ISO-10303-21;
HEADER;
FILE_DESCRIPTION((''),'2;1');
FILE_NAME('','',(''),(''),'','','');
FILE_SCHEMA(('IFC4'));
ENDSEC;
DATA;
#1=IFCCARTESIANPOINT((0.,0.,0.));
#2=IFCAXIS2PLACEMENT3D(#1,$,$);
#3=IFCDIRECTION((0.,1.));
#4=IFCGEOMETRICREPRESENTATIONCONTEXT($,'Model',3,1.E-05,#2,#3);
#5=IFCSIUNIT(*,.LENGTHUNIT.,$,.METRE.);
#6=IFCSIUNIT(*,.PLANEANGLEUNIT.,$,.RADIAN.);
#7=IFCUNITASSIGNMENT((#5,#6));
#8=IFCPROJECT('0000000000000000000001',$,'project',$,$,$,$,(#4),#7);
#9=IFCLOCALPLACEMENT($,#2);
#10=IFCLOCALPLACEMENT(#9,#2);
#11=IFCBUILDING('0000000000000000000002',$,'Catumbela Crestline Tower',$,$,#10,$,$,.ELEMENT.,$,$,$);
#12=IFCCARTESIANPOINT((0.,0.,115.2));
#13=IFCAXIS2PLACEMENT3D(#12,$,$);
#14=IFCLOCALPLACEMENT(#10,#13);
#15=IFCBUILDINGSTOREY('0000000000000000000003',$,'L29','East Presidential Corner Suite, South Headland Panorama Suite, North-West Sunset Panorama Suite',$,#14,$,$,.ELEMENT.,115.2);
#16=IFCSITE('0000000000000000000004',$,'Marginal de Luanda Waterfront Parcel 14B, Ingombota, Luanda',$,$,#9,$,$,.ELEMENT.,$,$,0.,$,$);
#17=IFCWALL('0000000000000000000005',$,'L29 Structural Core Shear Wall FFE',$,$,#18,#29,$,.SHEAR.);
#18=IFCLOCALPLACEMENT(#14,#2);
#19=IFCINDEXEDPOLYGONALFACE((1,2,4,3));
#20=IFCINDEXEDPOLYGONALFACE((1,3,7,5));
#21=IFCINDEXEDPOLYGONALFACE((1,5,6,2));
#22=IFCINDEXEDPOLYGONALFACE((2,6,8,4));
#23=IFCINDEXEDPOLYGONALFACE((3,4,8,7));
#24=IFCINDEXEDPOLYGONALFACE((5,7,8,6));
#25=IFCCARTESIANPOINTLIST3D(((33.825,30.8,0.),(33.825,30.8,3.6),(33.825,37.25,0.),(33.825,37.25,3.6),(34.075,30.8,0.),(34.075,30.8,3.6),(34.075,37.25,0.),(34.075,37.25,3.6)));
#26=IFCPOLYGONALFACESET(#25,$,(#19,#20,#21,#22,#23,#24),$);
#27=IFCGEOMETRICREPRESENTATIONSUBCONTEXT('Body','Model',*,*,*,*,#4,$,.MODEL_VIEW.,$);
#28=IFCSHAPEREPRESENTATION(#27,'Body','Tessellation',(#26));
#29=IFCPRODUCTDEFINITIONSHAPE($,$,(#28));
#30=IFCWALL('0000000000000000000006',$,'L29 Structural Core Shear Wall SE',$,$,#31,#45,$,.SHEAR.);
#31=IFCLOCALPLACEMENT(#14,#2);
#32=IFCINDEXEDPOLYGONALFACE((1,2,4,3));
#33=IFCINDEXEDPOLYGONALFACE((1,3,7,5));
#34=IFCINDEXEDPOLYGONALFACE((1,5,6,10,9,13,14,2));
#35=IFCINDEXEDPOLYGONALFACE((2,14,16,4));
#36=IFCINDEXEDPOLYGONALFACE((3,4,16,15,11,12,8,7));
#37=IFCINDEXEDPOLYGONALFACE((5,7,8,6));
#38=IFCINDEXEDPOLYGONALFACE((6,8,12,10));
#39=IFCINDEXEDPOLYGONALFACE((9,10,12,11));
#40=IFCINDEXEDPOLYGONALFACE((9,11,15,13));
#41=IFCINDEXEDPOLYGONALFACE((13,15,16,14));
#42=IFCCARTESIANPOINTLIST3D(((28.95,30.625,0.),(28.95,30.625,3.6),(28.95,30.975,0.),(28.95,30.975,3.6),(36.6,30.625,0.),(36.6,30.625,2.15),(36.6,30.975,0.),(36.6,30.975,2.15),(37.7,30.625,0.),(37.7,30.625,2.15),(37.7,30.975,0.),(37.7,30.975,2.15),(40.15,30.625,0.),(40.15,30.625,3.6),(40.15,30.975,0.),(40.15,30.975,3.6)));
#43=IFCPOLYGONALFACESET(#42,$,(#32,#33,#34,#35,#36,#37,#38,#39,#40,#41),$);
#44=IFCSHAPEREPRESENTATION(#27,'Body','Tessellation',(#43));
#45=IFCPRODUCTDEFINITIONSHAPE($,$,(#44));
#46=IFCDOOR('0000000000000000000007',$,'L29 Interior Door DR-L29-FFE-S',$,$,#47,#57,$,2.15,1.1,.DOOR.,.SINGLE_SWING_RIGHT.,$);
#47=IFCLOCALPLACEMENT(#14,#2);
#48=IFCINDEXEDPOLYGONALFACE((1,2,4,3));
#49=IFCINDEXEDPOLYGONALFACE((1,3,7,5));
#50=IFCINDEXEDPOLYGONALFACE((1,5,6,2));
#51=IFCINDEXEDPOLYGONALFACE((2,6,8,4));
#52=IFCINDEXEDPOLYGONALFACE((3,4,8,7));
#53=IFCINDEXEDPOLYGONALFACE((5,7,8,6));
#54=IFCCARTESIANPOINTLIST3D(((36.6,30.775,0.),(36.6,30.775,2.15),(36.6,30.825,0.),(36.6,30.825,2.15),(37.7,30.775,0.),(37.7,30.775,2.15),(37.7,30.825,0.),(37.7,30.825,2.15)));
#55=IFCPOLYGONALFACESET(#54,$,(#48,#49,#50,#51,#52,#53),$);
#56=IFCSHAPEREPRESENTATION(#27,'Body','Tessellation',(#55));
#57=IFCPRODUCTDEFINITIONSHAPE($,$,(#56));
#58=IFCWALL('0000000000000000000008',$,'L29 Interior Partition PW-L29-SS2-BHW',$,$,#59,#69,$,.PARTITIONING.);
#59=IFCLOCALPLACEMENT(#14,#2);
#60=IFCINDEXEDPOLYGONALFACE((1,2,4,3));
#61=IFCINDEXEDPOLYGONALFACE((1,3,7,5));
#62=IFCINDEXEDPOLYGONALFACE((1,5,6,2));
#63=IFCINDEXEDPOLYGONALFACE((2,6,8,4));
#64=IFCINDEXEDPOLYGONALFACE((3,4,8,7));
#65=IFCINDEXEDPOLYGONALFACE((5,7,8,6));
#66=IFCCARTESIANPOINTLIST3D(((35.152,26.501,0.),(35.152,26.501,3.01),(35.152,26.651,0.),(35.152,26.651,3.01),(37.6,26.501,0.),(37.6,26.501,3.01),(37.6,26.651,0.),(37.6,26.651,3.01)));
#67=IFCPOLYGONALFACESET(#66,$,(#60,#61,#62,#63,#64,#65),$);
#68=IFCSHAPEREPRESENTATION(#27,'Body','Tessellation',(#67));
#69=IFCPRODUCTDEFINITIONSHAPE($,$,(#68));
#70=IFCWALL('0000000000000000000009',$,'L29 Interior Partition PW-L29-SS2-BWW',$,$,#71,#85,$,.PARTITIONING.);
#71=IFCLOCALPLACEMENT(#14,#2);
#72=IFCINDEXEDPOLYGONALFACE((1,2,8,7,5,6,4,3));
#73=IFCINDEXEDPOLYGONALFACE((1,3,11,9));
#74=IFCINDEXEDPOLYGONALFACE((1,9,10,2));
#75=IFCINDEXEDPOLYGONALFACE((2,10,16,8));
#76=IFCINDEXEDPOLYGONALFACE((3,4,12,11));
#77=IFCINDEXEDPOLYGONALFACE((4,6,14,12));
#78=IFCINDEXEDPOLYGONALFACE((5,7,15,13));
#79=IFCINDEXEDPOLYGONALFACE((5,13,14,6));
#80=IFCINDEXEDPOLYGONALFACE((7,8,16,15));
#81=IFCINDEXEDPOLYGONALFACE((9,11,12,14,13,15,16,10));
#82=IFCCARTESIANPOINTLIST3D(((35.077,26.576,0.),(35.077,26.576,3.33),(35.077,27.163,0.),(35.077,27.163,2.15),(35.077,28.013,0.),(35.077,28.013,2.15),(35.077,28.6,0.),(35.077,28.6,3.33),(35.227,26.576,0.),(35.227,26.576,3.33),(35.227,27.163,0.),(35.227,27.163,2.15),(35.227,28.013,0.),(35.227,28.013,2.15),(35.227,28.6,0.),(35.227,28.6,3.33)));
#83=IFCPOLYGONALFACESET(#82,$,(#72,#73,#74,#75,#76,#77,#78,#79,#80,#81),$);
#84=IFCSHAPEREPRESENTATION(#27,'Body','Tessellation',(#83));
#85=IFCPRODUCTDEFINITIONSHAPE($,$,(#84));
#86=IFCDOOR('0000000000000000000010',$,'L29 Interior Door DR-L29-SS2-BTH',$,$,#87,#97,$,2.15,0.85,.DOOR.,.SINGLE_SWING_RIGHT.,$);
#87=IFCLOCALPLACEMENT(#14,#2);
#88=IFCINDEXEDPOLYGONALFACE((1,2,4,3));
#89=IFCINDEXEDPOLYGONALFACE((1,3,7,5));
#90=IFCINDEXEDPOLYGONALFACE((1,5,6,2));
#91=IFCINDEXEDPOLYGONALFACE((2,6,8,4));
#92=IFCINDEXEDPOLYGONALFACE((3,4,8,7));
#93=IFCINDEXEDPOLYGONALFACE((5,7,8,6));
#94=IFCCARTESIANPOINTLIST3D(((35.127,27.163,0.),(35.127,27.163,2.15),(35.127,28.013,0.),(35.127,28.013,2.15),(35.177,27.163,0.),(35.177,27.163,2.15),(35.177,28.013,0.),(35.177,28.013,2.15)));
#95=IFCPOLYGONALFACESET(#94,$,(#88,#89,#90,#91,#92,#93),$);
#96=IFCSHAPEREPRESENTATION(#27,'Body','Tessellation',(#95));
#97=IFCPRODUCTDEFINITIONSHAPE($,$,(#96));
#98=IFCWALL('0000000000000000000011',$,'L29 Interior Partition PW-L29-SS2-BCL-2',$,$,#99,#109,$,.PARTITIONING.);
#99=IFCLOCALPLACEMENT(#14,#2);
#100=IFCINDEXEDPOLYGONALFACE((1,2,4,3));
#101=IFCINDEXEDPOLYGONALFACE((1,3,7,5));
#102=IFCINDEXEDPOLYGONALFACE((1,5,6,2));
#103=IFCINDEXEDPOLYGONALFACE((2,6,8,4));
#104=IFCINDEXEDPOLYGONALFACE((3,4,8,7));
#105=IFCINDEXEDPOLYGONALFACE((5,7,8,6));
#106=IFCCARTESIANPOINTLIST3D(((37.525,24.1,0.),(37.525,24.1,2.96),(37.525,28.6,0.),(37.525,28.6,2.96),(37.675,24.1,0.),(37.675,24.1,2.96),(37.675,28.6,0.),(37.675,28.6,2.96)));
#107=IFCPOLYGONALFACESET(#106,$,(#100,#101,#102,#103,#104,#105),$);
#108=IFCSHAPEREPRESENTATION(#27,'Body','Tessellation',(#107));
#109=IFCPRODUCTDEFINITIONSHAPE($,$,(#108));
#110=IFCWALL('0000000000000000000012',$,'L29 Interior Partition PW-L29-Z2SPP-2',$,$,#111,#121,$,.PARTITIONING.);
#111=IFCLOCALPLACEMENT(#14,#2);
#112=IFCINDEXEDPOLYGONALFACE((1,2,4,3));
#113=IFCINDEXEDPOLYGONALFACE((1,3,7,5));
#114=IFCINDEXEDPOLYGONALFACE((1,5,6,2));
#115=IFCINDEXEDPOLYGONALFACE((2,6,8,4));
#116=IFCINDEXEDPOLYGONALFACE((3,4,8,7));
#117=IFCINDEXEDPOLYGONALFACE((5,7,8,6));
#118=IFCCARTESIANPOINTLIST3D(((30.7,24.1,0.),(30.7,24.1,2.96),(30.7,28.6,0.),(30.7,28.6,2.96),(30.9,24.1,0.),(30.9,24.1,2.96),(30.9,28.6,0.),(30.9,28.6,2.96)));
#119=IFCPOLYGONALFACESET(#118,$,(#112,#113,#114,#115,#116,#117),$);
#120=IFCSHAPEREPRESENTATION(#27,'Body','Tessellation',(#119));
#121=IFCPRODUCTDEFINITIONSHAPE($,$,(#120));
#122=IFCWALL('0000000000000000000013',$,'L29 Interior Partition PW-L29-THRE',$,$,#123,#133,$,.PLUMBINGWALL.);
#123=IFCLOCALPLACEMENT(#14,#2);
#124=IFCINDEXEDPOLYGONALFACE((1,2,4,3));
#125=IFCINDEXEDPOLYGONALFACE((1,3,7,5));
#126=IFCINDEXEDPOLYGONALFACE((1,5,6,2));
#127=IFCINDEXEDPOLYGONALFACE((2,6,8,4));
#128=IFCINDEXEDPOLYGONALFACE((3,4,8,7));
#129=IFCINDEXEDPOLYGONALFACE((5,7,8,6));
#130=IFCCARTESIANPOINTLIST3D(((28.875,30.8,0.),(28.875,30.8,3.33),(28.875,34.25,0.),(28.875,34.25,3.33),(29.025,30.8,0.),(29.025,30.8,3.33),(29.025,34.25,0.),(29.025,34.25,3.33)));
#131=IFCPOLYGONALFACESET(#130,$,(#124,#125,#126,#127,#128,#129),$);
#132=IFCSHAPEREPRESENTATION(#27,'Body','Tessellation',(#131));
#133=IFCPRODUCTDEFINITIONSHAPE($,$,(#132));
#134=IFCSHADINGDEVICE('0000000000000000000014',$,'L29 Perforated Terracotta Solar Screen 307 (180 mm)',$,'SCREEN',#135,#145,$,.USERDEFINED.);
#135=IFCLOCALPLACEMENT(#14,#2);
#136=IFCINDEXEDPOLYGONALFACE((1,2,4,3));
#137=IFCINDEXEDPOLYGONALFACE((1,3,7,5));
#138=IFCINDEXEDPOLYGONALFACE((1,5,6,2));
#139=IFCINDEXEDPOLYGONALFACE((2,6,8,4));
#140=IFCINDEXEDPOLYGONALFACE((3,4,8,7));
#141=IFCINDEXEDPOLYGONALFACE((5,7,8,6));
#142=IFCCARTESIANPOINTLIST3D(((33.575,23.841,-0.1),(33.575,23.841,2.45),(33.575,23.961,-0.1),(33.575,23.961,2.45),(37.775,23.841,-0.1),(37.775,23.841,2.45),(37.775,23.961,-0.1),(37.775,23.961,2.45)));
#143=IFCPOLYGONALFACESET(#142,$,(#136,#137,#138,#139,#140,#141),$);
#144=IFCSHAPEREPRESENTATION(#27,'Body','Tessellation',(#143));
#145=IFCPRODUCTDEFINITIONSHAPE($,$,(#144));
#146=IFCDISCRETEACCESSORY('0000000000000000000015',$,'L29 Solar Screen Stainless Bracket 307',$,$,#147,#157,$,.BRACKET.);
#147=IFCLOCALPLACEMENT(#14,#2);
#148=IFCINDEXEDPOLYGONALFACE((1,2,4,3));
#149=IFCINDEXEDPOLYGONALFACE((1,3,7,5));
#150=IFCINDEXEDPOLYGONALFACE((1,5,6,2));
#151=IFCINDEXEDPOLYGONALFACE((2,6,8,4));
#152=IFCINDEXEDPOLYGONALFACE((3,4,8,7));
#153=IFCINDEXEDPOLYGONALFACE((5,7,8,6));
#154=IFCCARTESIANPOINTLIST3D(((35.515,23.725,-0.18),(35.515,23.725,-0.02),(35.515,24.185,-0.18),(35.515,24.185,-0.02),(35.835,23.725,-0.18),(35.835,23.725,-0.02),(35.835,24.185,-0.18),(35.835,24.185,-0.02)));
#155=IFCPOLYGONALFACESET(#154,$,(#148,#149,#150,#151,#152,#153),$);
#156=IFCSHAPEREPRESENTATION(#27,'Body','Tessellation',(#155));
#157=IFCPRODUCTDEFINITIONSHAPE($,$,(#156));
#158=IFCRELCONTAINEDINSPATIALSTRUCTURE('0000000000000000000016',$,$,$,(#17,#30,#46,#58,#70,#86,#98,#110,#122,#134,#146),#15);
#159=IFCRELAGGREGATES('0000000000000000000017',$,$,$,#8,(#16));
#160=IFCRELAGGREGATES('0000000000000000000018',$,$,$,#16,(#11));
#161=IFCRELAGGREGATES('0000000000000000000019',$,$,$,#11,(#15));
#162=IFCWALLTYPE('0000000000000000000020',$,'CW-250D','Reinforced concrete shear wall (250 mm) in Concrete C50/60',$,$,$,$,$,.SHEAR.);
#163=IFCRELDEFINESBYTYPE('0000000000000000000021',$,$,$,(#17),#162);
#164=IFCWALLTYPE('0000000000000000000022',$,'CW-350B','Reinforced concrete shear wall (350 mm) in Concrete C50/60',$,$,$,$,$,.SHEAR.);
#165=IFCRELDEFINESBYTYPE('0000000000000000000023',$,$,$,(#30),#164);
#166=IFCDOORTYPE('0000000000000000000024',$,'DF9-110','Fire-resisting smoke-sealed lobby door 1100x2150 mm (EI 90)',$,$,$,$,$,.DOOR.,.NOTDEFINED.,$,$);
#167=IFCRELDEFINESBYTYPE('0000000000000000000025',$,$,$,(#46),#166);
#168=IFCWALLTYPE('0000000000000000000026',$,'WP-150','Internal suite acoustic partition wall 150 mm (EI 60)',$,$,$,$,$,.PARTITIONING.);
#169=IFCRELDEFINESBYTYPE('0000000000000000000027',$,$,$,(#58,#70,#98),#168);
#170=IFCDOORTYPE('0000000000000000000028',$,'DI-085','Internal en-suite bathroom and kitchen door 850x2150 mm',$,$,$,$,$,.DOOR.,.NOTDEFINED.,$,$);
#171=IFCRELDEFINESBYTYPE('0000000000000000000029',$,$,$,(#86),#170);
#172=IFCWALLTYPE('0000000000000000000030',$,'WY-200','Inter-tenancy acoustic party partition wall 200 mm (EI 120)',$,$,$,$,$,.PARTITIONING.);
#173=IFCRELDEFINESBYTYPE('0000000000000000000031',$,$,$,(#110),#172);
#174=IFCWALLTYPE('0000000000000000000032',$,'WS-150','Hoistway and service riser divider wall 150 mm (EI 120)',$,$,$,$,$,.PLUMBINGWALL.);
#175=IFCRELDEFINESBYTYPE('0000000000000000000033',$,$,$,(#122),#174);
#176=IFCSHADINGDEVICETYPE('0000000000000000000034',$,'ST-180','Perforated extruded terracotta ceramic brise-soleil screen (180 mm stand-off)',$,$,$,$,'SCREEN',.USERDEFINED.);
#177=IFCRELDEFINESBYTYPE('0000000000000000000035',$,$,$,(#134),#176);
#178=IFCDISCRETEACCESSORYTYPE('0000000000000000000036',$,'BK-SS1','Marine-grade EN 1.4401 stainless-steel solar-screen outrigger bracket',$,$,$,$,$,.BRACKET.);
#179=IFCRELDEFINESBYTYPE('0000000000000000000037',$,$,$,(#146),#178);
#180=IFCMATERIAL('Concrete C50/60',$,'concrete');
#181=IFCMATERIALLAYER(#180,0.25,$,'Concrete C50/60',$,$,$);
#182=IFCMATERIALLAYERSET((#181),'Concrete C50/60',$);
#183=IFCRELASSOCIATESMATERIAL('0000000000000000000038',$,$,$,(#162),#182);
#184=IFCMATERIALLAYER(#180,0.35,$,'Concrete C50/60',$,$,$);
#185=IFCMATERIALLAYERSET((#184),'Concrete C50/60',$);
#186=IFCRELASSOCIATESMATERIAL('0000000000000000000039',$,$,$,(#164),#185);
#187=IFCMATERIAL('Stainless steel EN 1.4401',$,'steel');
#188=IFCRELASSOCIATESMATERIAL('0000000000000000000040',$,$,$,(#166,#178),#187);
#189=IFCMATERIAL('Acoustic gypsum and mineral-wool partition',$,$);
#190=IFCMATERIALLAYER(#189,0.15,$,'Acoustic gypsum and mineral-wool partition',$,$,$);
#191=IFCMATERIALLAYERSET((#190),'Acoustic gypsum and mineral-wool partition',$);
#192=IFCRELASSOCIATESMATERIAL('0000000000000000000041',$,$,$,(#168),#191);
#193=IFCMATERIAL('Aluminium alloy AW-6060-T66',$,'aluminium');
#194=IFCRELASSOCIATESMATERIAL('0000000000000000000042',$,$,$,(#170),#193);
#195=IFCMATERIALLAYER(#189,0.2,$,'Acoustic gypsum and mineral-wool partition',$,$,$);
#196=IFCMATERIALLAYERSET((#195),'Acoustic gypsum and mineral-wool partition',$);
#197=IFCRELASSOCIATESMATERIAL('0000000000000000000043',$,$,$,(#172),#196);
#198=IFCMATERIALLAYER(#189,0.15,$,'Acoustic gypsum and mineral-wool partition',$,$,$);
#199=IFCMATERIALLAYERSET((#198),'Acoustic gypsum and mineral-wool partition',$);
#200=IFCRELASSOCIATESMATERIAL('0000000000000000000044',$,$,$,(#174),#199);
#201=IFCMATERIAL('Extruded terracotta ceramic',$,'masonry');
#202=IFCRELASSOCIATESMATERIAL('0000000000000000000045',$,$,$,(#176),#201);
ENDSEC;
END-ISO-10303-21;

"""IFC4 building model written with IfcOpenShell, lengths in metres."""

from ifc_helpers import new_model, si_unit, direction, frame, frame_2d, origin, origin_2d, place, context, subcontext, project, spatial, rectangle, extrude, material, layer, layer_set, type_object, element, fill, save


model = new_model("IFC4")

# Units and contexts
model_context = context("Model", 3, precision=1e-05, world=origin(), true_north=direction((0.0, 1.0)))
body_context = subcontext(model_context, "Body", "Model", "MODEL_VIEW")
ifc_project = project(units=[si_unit("LENGTHUNIT", "METRE"), si_unit("PLANEANGLEUNIT", "RADIAN")], contexts=[model_context])

# Site, building, storey
site_placement = place(None, origin())
site = spatial("IfcSite", under=ifc_project, at=site_placement, Name="Marginal de Luanda Waterfront Parcel 14B, Ingombota, Luanda", CompositionType="ELEMENT", RefElevation=0.0)
building_placement = place(site_placement, origin())
building = spatial("IfcBuilding", under=site, at=building_placement, Name="Catumbela Crestline Tower", CompositionType="ELEMENT")
storey_placement = place(building_placement, frame((0.0, 0.0, 115.2)))
storey = spatial("IfcBuildingStorey", under=building, at=storey_placement, Name="L29", Description="East Presidential Corner Suite, South Headland Panorama Suite, North-West Sunset Panorama Suite", CompositionType="ELEMENT", Elevation=115.2)

# Shared definitions
ifc_material_1 = material(Name="Concrete C50/60", Category="concrete")

# Shared definitions
ifc_material_2 = material(Name="Aluminium alloy AW-6060-T66", Category="aluminium")

# Wall
ifc_layer_1 = layer(ifc_material_1, 0.25, Name="Concrete C50/60")
ifc_layer_set_1 = layer_set([ifc_layer_1], Name="Concrete C50/60")
wall_type_1 = type_object("IfcWallType", Name="CW-250D", Description="Reinforced concrete shear wall (250 mm) in Concrete C50/60", PredefinedType="SHEAR", material=ifc_layer_set_1)
wall_1_placement = place(storey_placement, frame((33.95, 30.8, 0.0), z_axis=(0.0, 0.0, 1.0), x_axis=(0.0, 1.0, 0.0)))
element("IfcWall", 1, at=wall_1_placement, inside=storey, type_object=wall_type_1, Name="L29 Structural Core Shear Wall FFE", PredefinedType="SHEAR", context=body_context, shape_type="SweptSolid", body=[
    extrude(rectangle(XDim=6.45, YDim=0.25, at=frame_2d((3.225, 0.0))), origin(), (0.0, 0.0, 1.0), 3.6),
])

# Wall, opening, door
ifc_layer_2 = layer(ifc_material_1, 0.35, Name="Concrete C50/60")
ifc_layer_set_2 = layer_set([ifc_layer_2], Name="Concrete C50/60")
wall_type_2 = type_object("IfcWallType", Name="CW-350B", Description="Reinforced concrete shear wall (350 mm) in Concrete C50/60", PredefinedType="SHEAR", material=ifc_layer_set_2)
wall_2_placement = place(storey_placement, frame((28.95, 30.8, 0.0), z_axis=(0.0, 0.0, 1.0), x_axis=(1.0, 0.0, 0.0)))
wall_2 = element("IfcWall", 2, at=wall_2_placement, inside=storey, type_object=wall_type_2, Name="L29 Structural Core Shear Wall SE", PredefinedType="SHEAR", context=body_context, shape_type="SweptSolid", body=[
    extrude(rectangle(XDim=11.2, YDim=0.35, at=frame_2d((5.6, 0.0))), origin(), (0.0, 0.0, 1.0), 3.6),
])
opening_1_placement = place(wall_2_placement, frame((7.65, 0.0, 0.0)))
opening_1 = element("IfcOpeningElement", 3, at=opening_1_placement, cuts=wall_2, PredefinedType="OPENING", context=body_context, shape_type="SweptSolid", body=[
    extrude(rectangle(XDim=1.1, YDim=2.15, at=frame_2d((0.55, 1.075))), frame((0.0, 0.185, 0.0), z_axis=(0.0, -1.0, 0.0), x_axis=(1.0, 0.0, 0.0)), (0.0, 0.0, 1.0), 0.37),
])
ifc_material_3 = material(Name="Stainless steel EN 1.4401", Category="steel")
door_type_1 = type_object("IfcDoorType", Name="DF9-110", Description="Fire-resisting smoke-sealed lobby door 1100x2150 mm (EI 90)", OperationType="NOTDEFINED", PredefinedType="DOOR", material=ifc_material_3)
door_1_placement = place(opening_1_placement, origin())
door_1 = element("IfcDoor", 4, at=door_1_placement, inside=storey, type_object=door_type_1, Name="L29 Interior Door DR-L29-FFE-S", OperationType="SINGLE_SWING_RIGHT", OverallHeight=2.15, OverallWidth=1.1, PredefinedType="DOOR", context=body_context, shape_type="SweptSolid", body=[
    extrude(rectangle(XDim=1.1, YDim=2.15, at=frame_2d((0.55, 1.075))), frame((0.0, 0.025, 0.0), z_axis=(0.0, -1.0, 0.0), x_axis=(1.0, 0.0, 0.0)), (0.0, 0.0, 1.0), 0.05),
])
fill(opening_1, door_1)

# Wall
ifc_material_4 = material(Name="Acoustic gypsum and mineral-wool partition")
ifc_layer_3 = layer(ifc_material_4, 0.15, Name="Acoustic gypsum and mineral-wool partition")
ifc_layer_set_3 = layer_set([ifc_layer_3], Name="Acoustic gypsum and mineral-wool partition")
wall_type_3 = type_object("IfcWallType", Name="WP-150", Description="Internal suite acoustic partition wall 150 mm (EI 60)", PredefinedType="PARTITIONING", material=ifc_layer_set_3)
wall_3_placement = place(storey_placement, frame((35.152, 26.576, 0.0), z_axis=(0.0, 0.0, 1.0), x_axis=(1.0, 0.0, 0.0)))
element("IfcWall", 5, at=wall_3_placement, inside=storey, type_object=wall_type_3, Name="L29 Interior Partition PW-L29-SS2-BHW", PredefinedType="PARTITIONING", context=body_context, shape_type="SweptSolid", body=[
    extrude(rectangle(XDim=2.448, YDim=0.15, at=frame_2d((1.224, 0.0))), origin(), (0.0, 0.0, 1.0), 3.01),
])

# Wall, opening, door
wall_4_placement = place(storey_placement, frame((35.152, 26.576, 0.0), z_axis=(0.0, 0.0, 1.0), x_axis=(0.0, 1.0, 0.0)))
wall_4 = element("IfcWall", 6, at=wall_4_placement, inside=storey, type_object=wall_type_3, Name="L29 Interior Partition PW-L29-SS2-BWW", PredefinedType="PARTITIONING", context=body_context, shape_type="SweptSolid", body=[
    extrude(rectangle(XDim=2.024, YDim=0.15, at=frame_2d((1.012, 0.0))), origin(), (0.0, 0.0, 1.0), 3.33),
])
opening_2_placement = place(wall_4_placement, frame((0.587, 0.0, 0.0)))
opening_2 = element("IfcOpeningElement", 7, at=opening_2_placement, cuts=wall_4, PredefinedType="OPENING", context=body_context, shape_type="SweptSolid", body=[
    extrude(rectangle(XDim=0.85, YDim=2.15, at=frame_2d((0.425, 1.075))), frame((0.0, 0.085, 0.0), z_axis=(0.0, -1.0, 0.0), x_axis=(1.0, 0.0, 0.0)), (0.0, 0.0, 1.0), 0.17),
])
door_type_2 = type_object("IfcDoorType", Name="DI-085", Description="Internal en-suite bathroom and kitchen door 850x2150 mm", OperationType="NOTDEFINED", PredefinedType="DOOR", material=ifc_material_2)
door_2_placement = place(opening_2_placement, origin())
door_2 = element("IfcDoor", 8, at=door_2_placement, inside=storey, type_object=door_type_2, Name="L29 Interior Door DR-L29-SS2-BTH", OperationType="SINGLE_SWING_RIGHT", OverallHeight=2.15, OverallWidth=0.85, PredefinedType="DOOR", context=body_context, shape_type="SweptSolid", body=[
    extrude(rectangle(XDim=0.85, YDim=2.15, at=frame_2d((0.425, 1.075))), frame((0.0, 0.025, 0.0), z_axis=(0.0, -1.0, 0.0), x_axis=(1.0, 0.0, 0.0)), (0.0, 0.0, 1.0), 0.05),
])
fill(opening_2, door_2)

# Walls
wall_5_placement = place(storey_placement, frame((37.6, 28.6, 0.0), z_axis=(0.0, 0.0, 1.0), x_axis=(0.0, -1.0, 0.0)))
element("IfcWall", 9, at=wall_5_placement, inside=storey, type_object=wall_type_3, Name="L29 Interior Partition PW-L29-SS2-BCL-2", PredefinedType="PARTITIONING", context=body_context, shape_type="SweptSolid", body=[
    extrude(rectangle(XDim=4.5, YDim=0.15, at=frame_2d((2.25, 0.0))), origin(), (0.0, 0.0, 1.0), 2.96),
])
ifc_layer_4 = layer(ifc_material_4, 0.2, Name="Acoustic gypsum and mineral-wool partition")
ifc_layer_set_4 = layer_set([ifc_layer_4], Name="Acoustic gypsum and mineral-wool partition")
wall_type_4 = type_object("IfcWallType", Name="WY-200", Description="Inter-tenancy acoustic party partition wall 200 mm (EI 120)", PredefinedType="PARTITIONING", material=ifc_layer_set_4)
wall_6_placement = place(storey_placement, frame((30.8, 24.1, 0.0), z_axis=(0.0, 0.0, 1.0), x_axis=(0.0, 1.0, 0.0)))
element("IfcWall", 10, at=wall_6_placement, inside=storey, type_object=wall_type_4, Name="L29 Interior Partition PW-L29-Z2SPP-2", PredefinedType="PARTITIONING", context=body_context, shape_type="SweptSolid", body=[
    extrude(rectangle(XDim=4.5, YDim=0.2, at=frame_2d((2.25, 0.0))), origin(), (0.0, 0.0, 1.0), 2.96),
])
ifc_layer_5 = layer(ifc_material_4, 0.15, Name="Acoustic gypsum and mineral-wool partition")
ifc_layer_set_5 = layer_set([ifc_layer_5], Name="Acoustic gypsum and mineral-wool partition")
wall_type_5 = type_object("IfcWallType", Name="WS-150", Description="Hoistway and service riser divider wall 150 mm (EI 120)", PredefinedType="PLUMBINGWALL", material=ifc_layer_set_5)
wall_7_placement = place(storey_placement, frame((28.95, 30.8, 0.0), z_axis=(0.0, 0.0, 1.0), x_axis=(0.0, 1.0, 0.0)))
element("IfcWall", 11, at=wall_7_placement, inside=storey, type_object=wall_type_5, Name="L29 Interior Partition PW-L29-THRE", PredefinedType="PLUMBINGWALL", context=body_context, shape_type="SweptSolid", body=[
    extrude(rectangle(XDim=3.45, YDim=0.15, at=frame_2d((1.725, 0.0))), origin(), (0.0, 0.0, 1.0), 3.33),
])

# Shading device
ifc_material_5 = material(Name="Extruded terracotta ceramic", Category="masonry")
shading_device_type = type_object("IfcShadingDeviceType", Name="ST-180", Description="Perforated extruded terracotta ceramic brise-soleil screen (180 mm stand-off)", ElementType="SCREEN", PredefinedType="USERDEFINED", material=ifc_material_5)
shading_device_placement = place(storey_placement, frame((35.675, 23.901, -0.1), z_axis=(0.0, 0.0, 1.0), x_axis=(1.0, 0.0, 0.0)))
element("IfcShadingDevice", 12, at=shading_device_placement, inside=storey, type_object=shading_device_type, Name="L29 Perforated Terracotta Solar Screen 307 (180 mm)", ObjectType="SCREEN", PredefinedType="USERDEFINED", context=body_context, shape_type="SweptSolid", body=[
    extrude(rectangle(XDim=4.2, YDim=0.12, at=origin_2d()), origin(), (0.0, 0.0, 1.0), 2.55),
])

# Discrete accessory
discrete_accessory_type = type_object("IfcDiscreteAccessoryType", Name="BK-SS1", Description="Marine-grade EN 1.4401 stainless-steel solar-screen outrigger bracket", PredefinedType="BRACKET", material=ifc_material_3)
discrete_accessory_placement = place(storey_placement, frame((35.675, 23.955, -0.18), z_axis=(0.0, 0.0, 1.0), x_axis=(1.0, 0.0, 0.0)))
element("IfcDiscreteAccessory", 13, at=discrete_accessory_placement, inside=storey, type_object=discrete_accessory_type, Name="L29 Solar Screen Stainless Bracket 307", PredefinedType="BRACKET", context=body_context, shape_type="SweptSolid", body=[
    extrude(rectangle(XDim=0.32, YDim=0.46, at=origin_2d()), origin(), (0.0, 0.0, 1.0), 0.16),
])

save(model, "model.ifc")
